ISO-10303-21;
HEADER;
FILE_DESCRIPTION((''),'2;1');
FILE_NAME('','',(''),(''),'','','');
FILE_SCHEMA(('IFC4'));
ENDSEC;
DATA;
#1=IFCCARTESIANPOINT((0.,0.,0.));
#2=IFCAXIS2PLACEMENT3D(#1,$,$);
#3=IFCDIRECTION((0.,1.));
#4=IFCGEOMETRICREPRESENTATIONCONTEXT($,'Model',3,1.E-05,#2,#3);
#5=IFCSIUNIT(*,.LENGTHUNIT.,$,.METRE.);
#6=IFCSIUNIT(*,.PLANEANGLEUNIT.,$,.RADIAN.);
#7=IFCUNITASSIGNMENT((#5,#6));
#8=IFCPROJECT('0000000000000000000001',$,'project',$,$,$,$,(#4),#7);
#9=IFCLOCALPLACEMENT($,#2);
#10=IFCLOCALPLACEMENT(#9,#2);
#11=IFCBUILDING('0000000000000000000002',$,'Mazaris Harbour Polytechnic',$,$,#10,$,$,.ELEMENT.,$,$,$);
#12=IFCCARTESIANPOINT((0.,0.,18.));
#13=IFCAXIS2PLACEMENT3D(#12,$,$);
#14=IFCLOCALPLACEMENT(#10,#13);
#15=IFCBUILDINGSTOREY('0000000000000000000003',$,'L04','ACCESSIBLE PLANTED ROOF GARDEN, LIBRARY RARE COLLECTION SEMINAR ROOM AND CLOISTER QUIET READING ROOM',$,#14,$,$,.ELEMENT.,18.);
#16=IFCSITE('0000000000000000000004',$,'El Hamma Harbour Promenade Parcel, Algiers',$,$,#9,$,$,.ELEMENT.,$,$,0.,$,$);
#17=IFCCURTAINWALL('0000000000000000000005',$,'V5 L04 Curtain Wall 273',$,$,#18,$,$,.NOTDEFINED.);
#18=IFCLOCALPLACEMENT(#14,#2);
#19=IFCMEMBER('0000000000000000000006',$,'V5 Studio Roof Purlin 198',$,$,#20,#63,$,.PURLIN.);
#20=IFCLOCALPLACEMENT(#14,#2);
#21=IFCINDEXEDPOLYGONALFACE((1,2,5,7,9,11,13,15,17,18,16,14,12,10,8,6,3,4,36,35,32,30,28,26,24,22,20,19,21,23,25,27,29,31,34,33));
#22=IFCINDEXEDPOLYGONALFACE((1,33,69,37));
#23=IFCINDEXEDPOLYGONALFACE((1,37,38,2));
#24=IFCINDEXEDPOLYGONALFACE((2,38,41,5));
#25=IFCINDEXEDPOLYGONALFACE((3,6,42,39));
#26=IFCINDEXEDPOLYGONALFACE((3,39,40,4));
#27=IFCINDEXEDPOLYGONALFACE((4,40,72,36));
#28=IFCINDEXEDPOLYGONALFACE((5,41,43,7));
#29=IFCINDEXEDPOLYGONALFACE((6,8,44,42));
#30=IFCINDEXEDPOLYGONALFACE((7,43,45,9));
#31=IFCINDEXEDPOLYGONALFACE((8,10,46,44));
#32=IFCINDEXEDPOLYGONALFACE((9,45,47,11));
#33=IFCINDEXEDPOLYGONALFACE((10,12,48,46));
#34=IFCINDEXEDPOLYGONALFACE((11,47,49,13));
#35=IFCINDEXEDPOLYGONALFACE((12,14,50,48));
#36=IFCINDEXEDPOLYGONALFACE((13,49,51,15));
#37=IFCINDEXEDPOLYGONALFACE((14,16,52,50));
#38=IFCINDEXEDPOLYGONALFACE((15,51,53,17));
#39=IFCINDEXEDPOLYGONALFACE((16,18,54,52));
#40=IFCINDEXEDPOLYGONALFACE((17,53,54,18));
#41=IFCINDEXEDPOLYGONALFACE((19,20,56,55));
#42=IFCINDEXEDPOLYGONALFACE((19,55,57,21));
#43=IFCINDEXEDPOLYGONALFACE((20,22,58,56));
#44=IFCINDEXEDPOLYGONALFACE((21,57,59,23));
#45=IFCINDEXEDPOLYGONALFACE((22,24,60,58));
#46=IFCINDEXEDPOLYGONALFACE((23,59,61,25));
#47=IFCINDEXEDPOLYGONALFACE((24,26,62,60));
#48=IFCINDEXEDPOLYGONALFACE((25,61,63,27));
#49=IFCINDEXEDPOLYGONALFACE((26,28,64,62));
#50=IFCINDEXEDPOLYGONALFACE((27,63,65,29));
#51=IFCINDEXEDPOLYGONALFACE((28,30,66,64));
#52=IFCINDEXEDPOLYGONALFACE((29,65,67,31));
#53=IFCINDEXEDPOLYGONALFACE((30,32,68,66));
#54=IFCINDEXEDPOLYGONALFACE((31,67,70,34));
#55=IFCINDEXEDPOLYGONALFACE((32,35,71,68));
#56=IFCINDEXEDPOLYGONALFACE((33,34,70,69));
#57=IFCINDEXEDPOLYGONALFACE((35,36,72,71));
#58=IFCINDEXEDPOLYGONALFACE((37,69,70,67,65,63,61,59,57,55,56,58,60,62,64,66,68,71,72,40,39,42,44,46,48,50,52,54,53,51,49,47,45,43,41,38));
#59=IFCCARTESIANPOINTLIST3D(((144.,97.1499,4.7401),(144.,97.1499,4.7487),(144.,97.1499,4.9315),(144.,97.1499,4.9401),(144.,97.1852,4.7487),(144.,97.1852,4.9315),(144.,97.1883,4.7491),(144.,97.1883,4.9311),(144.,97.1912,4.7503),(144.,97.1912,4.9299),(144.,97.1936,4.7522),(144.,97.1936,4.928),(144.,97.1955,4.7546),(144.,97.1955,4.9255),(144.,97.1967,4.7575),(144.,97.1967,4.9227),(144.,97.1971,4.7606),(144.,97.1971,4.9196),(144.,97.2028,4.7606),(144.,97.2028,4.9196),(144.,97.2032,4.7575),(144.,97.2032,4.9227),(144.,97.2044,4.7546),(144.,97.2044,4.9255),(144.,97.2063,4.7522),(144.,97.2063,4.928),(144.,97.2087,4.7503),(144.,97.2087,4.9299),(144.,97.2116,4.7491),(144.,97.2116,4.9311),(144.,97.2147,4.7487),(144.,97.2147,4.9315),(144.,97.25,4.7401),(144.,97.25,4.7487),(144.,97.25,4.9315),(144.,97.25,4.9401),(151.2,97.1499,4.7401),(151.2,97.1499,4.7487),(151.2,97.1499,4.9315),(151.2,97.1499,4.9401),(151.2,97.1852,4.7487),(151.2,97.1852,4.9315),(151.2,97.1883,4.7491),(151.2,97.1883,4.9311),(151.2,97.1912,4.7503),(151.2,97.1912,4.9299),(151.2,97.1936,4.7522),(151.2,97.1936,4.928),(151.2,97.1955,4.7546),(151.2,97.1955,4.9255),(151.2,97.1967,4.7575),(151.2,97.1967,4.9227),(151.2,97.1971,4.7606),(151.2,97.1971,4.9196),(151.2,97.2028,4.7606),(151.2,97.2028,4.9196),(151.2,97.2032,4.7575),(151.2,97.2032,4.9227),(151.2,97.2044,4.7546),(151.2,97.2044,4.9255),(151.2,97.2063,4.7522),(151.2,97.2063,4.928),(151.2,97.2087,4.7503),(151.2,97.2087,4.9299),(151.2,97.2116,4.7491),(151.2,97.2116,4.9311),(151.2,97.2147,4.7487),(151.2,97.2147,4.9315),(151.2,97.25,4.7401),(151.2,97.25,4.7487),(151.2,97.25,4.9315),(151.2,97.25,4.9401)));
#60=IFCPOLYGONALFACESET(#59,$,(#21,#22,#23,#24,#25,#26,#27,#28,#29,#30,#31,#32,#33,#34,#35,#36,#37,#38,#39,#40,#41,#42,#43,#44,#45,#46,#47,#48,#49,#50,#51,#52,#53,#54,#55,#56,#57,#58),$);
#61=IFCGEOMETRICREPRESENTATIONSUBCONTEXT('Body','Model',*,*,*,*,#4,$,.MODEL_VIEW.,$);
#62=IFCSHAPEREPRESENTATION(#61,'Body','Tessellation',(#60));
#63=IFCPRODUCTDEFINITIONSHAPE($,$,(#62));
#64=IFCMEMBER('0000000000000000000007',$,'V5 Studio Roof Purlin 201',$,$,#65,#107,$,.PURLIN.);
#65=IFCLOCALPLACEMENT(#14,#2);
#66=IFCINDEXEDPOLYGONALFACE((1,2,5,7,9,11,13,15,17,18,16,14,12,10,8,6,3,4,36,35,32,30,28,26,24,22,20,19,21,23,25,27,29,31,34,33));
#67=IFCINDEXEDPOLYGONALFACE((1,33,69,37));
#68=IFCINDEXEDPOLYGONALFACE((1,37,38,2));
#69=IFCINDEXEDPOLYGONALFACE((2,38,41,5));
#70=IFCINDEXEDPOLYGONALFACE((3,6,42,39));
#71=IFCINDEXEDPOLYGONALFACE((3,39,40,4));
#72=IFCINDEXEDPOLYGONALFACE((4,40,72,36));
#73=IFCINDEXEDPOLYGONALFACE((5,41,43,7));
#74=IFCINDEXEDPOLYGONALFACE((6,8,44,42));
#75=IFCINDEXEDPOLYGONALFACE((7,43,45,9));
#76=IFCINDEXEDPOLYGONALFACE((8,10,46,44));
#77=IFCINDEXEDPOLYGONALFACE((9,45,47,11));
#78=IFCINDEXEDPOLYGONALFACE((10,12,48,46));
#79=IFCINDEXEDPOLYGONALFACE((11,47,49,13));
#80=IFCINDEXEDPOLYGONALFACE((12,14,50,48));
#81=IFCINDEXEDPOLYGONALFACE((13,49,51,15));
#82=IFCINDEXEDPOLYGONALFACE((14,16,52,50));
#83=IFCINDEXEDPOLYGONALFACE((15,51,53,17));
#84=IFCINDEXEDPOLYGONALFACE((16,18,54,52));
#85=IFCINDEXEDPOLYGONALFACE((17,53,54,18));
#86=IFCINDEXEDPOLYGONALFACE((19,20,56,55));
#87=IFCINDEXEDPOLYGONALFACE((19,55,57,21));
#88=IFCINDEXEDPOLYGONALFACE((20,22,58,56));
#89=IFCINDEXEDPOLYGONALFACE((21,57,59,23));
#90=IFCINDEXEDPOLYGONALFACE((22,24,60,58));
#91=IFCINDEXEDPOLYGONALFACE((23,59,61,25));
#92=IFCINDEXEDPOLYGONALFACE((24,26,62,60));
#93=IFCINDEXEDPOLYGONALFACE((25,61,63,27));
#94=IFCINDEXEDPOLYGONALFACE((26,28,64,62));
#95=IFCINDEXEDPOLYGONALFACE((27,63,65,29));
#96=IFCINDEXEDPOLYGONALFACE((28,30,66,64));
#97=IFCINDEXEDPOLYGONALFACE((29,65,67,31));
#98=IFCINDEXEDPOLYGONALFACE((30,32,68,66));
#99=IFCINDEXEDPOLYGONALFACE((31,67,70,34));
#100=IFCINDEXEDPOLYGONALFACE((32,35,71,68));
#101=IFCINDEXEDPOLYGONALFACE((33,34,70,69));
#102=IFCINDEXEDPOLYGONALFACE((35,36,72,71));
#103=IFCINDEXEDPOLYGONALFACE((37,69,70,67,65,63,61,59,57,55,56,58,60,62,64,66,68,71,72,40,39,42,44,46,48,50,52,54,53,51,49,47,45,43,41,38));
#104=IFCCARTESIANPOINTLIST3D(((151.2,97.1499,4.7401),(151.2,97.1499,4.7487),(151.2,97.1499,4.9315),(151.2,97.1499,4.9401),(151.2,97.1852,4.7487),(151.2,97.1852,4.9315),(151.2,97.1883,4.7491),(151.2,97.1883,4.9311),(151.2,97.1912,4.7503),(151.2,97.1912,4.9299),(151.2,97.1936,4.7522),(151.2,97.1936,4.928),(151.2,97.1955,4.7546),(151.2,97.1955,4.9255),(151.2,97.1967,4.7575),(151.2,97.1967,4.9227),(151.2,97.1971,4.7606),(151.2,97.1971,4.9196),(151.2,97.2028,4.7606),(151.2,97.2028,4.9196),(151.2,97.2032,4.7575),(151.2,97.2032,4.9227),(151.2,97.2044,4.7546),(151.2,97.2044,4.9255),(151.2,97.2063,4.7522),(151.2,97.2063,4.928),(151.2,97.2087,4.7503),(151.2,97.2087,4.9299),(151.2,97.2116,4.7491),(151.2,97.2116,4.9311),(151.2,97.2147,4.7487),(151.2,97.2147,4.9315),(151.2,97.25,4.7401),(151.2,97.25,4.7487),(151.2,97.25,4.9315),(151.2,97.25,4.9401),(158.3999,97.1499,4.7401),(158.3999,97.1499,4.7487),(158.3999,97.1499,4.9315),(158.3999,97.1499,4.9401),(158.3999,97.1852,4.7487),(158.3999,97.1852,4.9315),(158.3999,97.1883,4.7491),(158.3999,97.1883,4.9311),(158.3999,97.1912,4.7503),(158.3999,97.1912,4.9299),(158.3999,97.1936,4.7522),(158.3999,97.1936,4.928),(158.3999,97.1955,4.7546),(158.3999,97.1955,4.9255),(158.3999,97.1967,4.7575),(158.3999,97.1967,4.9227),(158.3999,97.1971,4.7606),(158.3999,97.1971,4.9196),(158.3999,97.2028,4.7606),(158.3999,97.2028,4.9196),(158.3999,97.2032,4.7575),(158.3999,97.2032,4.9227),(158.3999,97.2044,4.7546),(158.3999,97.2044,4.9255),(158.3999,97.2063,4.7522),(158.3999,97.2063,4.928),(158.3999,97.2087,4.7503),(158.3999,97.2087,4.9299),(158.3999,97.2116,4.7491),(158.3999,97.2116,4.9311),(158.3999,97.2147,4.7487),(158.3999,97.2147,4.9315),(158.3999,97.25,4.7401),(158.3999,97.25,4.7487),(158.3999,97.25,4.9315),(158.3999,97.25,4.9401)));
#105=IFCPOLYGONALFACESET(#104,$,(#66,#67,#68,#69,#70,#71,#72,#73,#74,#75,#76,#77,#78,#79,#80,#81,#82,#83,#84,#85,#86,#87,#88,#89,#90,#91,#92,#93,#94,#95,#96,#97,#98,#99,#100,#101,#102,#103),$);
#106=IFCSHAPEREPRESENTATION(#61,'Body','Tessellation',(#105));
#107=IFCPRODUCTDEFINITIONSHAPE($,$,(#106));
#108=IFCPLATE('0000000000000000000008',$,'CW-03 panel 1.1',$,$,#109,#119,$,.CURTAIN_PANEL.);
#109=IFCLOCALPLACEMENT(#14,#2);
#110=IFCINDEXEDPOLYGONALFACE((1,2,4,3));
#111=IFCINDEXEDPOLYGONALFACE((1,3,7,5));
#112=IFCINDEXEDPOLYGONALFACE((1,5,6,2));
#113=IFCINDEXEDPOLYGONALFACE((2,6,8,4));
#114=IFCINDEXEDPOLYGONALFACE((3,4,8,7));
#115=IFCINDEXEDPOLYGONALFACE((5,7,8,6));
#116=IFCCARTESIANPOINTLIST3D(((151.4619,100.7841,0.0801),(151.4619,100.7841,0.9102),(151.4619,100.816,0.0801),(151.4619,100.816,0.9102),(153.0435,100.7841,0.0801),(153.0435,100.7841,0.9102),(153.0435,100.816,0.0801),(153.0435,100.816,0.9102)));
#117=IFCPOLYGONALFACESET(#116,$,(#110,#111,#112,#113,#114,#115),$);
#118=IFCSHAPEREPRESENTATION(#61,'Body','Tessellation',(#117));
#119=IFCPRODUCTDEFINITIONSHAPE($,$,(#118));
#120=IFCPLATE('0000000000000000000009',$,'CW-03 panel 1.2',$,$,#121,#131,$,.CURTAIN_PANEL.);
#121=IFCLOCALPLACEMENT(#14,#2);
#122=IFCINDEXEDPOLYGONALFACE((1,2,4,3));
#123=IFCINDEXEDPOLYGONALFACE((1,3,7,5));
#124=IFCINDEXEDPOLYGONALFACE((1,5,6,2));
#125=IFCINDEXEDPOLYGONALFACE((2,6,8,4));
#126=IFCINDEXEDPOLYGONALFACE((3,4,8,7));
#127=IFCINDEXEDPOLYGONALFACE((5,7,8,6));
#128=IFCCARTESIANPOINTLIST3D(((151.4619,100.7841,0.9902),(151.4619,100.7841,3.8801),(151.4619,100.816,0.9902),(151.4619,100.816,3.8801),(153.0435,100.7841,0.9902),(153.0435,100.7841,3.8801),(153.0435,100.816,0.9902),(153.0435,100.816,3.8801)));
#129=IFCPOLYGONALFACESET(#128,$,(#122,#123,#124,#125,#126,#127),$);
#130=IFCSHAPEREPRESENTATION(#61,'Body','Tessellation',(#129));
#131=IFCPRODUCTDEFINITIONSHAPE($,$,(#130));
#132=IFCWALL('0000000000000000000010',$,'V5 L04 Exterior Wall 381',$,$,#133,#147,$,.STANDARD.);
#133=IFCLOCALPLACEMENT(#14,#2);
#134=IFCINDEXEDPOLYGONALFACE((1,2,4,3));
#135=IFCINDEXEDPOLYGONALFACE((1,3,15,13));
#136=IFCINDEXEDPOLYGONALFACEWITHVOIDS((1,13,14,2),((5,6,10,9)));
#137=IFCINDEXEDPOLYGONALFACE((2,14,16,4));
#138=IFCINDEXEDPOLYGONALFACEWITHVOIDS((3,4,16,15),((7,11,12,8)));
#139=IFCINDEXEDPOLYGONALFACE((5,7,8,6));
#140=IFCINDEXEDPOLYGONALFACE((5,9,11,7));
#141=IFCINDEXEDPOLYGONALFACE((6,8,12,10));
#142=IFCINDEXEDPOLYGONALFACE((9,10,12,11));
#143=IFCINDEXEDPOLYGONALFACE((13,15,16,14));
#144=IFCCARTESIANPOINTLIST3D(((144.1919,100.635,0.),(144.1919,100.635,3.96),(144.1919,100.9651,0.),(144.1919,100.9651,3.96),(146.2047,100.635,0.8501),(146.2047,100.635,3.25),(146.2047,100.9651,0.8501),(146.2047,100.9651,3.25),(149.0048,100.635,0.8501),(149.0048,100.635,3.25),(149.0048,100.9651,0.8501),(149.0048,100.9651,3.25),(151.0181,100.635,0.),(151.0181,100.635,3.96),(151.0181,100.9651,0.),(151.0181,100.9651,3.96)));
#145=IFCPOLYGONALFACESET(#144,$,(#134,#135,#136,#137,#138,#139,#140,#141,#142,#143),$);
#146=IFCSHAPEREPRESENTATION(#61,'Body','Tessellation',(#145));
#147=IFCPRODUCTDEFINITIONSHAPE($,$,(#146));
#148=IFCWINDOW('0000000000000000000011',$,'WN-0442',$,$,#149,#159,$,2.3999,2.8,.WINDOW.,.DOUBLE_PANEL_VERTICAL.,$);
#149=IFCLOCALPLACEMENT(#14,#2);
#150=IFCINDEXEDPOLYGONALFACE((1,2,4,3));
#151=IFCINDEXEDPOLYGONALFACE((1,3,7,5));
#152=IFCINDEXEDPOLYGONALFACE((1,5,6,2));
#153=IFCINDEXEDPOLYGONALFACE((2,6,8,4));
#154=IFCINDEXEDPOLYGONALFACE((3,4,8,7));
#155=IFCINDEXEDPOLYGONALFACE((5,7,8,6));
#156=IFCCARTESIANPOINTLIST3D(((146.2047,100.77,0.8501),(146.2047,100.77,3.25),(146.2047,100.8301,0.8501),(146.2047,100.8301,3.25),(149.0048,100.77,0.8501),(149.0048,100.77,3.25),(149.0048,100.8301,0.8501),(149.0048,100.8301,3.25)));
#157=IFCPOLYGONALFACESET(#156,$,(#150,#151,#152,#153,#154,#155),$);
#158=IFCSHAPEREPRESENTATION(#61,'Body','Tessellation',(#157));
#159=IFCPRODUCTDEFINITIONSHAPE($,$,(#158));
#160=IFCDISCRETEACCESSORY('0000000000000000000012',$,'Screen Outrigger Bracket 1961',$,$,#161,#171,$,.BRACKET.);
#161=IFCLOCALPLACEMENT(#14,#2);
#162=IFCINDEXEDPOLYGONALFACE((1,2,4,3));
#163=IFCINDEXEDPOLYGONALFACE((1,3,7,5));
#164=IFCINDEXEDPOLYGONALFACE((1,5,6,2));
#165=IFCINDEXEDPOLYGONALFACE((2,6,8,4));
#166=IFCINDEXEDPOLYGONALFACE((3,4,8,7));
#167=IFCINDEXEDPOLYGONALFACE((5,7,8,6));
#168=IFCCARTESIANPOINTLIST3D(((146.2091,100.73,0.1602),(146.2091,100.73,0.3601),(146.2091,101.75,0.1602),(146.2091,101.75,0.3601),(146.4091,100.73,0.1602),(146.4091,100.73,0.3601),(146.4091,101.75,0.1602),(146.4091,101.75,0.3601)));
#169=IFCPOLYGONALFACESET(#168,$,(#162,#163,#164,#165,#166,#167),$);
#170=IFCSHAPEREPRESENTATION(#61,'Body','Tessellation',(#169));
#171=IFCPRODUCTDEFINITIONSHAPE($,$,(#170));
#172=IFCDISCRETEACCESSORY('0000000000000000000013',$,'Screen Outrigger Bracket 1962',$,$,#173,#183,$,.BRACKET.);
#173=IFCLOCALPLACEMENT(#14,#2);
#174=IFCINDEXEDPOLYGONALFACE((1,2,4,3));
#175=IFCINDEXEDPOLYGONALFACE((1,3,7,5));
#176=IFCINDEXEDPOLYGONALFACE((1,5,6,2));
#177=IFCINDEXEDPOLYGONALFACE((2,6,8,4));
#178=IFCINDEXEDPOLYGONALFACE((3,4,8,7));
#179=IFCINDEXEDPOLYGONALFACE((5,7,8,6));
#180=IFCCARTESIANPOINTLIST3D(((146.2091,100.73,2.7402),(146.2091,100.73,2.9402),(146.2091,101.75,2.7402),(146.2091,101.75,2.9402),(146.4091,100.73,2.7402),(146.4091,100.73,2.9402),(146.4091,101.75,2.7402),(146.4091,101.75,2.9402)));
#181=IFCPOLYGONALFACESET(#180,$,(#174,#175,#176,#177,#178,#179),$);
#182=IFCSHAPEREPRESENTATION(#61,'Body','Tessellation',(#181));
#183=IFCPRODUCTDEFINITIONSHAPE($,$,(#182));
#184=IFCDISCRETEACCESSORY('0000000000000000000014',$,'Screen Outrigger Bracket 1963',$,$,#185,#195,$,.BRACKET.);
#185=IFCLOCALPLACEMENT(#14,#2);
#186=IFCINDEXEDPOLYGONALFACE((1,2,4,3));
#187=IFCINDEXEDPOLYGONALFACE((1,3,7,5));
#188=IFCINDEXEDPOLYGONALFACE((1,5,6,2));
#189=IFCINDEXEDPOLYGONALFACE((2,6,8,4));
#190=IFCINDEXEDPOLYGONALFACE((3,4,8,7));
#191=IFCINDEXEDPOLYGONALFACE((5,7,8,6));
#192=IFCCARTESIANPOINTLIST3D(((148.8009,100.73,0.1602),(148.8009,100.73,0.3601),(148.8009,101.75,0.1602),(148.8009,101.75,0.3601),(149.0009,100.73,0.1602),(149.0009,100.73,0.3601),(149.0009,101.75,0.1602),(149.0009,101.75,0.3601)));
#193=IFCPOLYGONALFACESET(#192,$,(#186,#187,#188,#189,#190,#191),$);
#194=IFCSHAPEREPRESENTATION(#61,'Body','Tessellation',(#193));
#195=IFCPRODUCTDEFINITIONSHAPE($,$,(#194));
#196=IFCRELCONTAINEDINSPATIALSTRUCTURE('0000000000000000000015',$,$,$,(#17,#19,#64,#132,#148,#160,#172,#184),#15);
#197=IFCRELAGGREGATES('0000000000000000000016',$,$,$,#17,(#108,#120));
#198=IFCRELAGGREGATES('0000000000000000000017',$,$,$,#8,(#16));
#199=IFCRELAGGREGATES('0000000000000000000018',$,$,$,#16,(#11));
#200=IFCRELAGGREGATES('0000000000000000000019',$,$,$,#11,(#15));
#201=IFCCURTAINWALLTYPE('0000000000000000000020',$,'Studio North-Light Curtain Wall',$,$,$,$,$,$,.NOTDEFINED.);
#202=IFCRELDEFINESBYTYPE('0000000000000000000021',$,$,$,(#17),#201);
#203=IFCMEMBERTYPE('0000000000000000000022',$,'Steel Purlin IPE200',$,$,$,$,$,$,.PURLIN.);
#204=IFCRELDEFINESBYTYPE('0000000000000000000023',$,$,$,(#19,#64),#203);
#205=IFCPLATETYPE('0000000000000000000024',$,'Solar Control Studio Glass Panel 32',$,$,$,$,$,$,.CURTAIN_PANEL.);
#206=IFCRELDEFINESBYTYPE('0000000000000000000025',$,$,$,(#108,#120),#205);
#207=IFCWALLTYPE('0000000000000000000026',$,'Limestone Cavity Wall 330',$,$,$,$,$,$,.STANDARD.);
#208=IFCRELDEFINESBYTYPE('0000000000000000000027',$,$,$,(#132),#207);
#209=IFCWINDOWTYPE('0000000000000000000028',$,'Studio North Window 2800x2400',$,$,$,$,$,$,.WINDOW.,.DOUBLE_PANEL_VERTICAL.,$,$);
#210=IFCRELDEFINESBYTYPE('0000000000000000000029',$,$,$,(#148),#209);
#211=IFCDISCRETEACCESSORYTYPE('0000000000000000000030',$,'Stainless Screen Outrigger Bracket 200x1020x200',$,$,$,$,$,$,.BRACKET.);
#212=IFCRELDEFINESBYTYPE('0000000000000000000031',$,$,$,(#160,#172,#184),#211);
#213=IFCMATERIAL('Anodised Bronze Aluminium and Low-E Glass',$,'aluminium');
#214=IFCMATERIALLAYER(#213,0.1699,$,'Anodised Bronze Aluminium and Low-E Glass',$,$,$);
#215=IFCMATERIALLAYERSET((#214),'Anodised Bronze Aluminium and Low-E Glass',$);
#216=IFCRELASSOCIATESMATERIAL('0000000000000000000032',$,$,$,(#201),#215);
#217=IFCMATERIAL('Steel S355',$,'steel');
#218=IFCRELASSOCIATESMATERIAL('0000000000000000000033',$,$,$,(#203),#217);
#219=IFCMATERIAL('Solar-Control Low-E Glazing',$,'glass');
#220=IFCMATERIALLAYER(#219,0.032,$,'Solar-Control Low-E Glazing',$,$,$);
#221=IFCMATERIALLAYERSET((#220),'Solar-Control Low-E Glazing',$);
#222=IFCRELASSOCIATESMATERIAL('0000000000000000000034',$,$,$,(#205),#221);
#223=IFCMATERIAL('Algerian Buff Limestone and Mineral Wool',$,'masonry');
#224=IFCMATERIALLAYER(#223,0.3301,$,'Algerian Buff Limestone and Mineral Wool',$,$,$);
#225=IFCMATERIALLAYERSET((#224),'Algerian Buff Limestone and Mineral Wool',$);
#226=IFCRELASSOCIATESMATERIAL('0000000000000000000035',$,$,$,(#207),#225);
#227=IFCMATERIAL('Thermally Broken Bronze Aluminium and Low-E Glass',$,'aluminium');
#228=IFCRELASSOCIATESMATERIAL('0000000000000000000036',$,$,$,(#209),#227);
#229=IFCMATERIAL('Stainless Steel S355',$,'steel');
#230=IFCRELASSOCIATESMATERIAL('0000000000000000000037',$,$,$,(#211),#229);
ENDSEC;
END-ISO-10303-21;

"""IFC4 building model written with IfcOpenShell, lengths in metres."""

from ifc_helpers import new_model, si_unit, direction, frame, frame_2d, origin, origin_2d, place, context, subcontext, project, spatial, rectangle, i_section, extrude, material, layer, layer_set, material_profile, profile_set, type_object, element, fill, aggregate, save


model = new_model("IFC4")

# Units and contexts
model_context = context("Model", 3, precision=1e-05, world=origin(), true_north=direction((0.0, 1.0)))
body_context = subcontext(model_context, "Body", "Model", "MODEL_VIEW")
ifc_project = project(units=[si_unit("LENGTHUNIT", "METRE"), si_unit("PLANEANGLEUNIT", "RADIAN")], contexts=[model_context])

# Site, building, storey
site_placement = place(None, origin())
site = spatial("IfcSite", under=ifc_project, at=site_placement, Name="El Hamma Harbour Promenade Parcel, Algiers", CompositionType="ELEMENT", RefElevation=0.0)
building_placement = place(site_placement, origin())
building = spatial("IfcBuilding", under=site, at=building_placement, Name="Mazaris Harbour Polytechnic", CompositionType="ELEMENT")
storey_placement = place(building_placement, frame((0.0, 0.0, 18.0)))
storey = spatial("IfcBuildingStorey", under=building, at=storey_placement, Name="L04", Description="ACCESSIBLE PLANTED ROOF GARDEN, LIBRARY RARE COLLECTION SEMINAR ROOM AND CLOISTER QUIET READING ROOM", CompositionType="ELEMENT", Elevation=18.0)

# Shared definitions
ifc_material_1 = material(Name="Anodised Bronze Aluminium and Low-E Glass", Category="aluminium")
ifc_layer_1 = layer(ifc_material_1, 0.1699, Name="Anodised Bronze Aluminium and Low-E Glass")
ifc_layer_set_1 = layer_set([ifc_layer_1], Name="Anodised Bronze Aluminium and Low-E Glass")
curtain_wall_type = type_object("IfcCurtainWallType", Name="Studio North-Light Curtain Wall", PredefinedType="NOTDEFINED", material=ifc_layer_set_1)

# Curtain wall
curtain_wall_1_placement = place(storey_placement, origin())
curtain_wall_1 = element("IfcCurtainWall", 1, at=curtain_wall_1_placement, inside=storey, type_object=curtain_wall_type, Name="V5 L04 Curtain Wall 273", PredefinedType="NOTDEFINED")

# Members
ifc_material_2 = material(Name="Steel S355", Category="steel")
ifc_material_profile_1 = material_profile(ifc_material_2, i_section(OverallWidth=0.1001, OverallDepth=0.2, WebThickness=0.0056, FlangeThickness=0.0085, FilletRadius=0.012, at=origin_2d()), Name="IPE 200")
ifc_profile_set_1 = profile_set([ifc_material_profile_1], Name="Steel S355")
member_type_1 = type_object("IfcMemberType", Name="Steel Purlin IPE200", PredefinedType="PURLIN", material=ifc_profile_set_1)
for number, where, z_axis, x_axis, name in (
    (2, (144.0, 97.2, 4.8401), (1.0, 0.0, 0.0), (0.0, 1.0, 0.0), "V5 Studio Roof Purlin 198"),
    (3, (151.2, 97.2, 4.8401), (1.0, 0.0, 0.0), (0.0, 1.0, 0.0), "V5 Studio Roof Purlin 201"),
):
    element("IfcMember", number, at=place(storey_placement, frame(where, z_axis=z_axis, x_axis=x_axis)), inside=storey, type_object=member_type_1, Name=name, PredefinedType="PURLIN", context=body_context, shape_type="SweptSolid", body=[
        extrude(i_section(OverallWidth=0.1001, OverallDepth=0.2, WebThickness=0.0056, FlangeThickness=0.0085, FilletRadius=0.012, at=origin_2d()), origin(), (0.0, 0.0, 1.0), 7.2),
    ])

# Plates
ifc_material_3 = material(Name="Solar-Control Low-E Glazing", Category="glass")
ifc_layer_2 = layer(ifc_material_3, 0.032, Name="Solar-Control Low-E Glazing")
ifc_layer_set_2 = layer_set([ifc_layer_2], Name="Solar-Control Low-E Glazing")
plate_type = type_object("IfcPlateType", Name="Solar Control Studio Glass Panel 32", PredefinedType="CURTAIN_PANEL", material=ifc_layer_set_2)
plate_1_placement = place(storey_placement, frame((152.2527, 100.8, 0.0801), z_axis=(0.0, 0.0, 1.0), x_axis=(1.0, 0.0, 0.0)))
plate_1 = element("IfcPlate", 4, at=plate_1_placement, type_object=plate_type, Name="CW-03 panel 1.1", PredefinedType="CURTAIN_PANEL", context=body_context, shape_type="SweptSolid", body=[
    extrude(rectangle(XDim=1.5815, YDim=0.032, at=origin_2d()), origin(), (0.0, 0.0, 1.0), 0.8301),
])
plate_2_placement = place(storey_placement, frame((152.2527, 100.8, 0.9902), z_axis=(0.0, 0.0, 1.0), x_axis=(1.0, 0.0, 0.0)))
plate_2 = element("IfcPlate", 5, at=plate_2_placement, type_object=plate_type, Name="CW-03 panel 1.2", PredefinedType="CURTAIN_PANEL", context=body_context, shape_type="SweptSolid", body=[
    extrude(rectangle(XDim=1.5815, YDim=0.032, at=origin_2d()), origin(), (0.0, 0.0, 1.0), 2.8899),
])
aggregate(curtain_wall_1, [plate_1, plate_2])

# Wall, opening, window
ifc_material_4 = material(Name="Algerian Buff Limestone and Mineral Wool", Category="masonry")
ifc_layer_3 = layer(ifc_material_4, 0.3301, Name="Algerian Buff Limestone and Mineral Wool")
ifc_layer_set_3 = layer_set([ifc_layer_3], Name="Algerian Buff Limestone and Mineral Wool")
wall_type = type_object("IfcWallType", Name="Limestone Cavity Wall 330", PredefinedType="STANDARD", material=ifc_layer_set_3)
wall_placement = place(storey_placement, frame((144.1919, 100.8, 0.0), z_axis=(0.0, 0.0, 1.0), x_axis=(1.0, 0.0, 0.0)))
wall = element("IfcWall", 6, at=wall_placement, inside=storey, type_object=wall_type, Name="V5 L04 Exterior Wall 381", PredefinedType="STANDARD", context=body_context, shape_type="SweptSolid", body=[
    extrude(rectangle(XDim=6.8262, YDim=0.3301, at=frame_2d((3.4131, 0.0))), origin(), (0.0, 0.0, 1.0), 3.96),
])
opening_placement = place(wall_placement, frame((2.0129, 0.0, 0.8501)))
opening = element("IfcOpeningElement", 7, at=opening_placement, cuts=wall, PredefinedType="OPENING", context=body_context, shape_type="SweptSolid", body=[
    extrude(rectangle(XDim=2.8, YDim=2.3999, at=frame_2d((1.3999, 1.2))), frame((0.0, 0.175, 0.0), z_axis=(0.0, -1.0, 0.0), x_axis=(1.0, 0.0, 0.0)), (0.0, 0.0, 1.0), 0.3501),
])
ifc_material_5 = material(Name="Thermally Broken Bronze Aluminium and Low-E Glass", Category="aluminium")
window_type = type_object("IfcWindowType", Name="Studio North Window 2800x2400", PartitioningType="DOUBLE_PANEL_VERTICAL", PredefinedType="WINDOW", material=ifc_material_5)
window_placement = place(opening_placement, origin())
window = element("IfcWindow", 8, at=window_placement, inside=storey, type_object=window_type, Name="WN-0442", OverallHeight=2.3999, OverallWidth=2.8, PartitioningType="DOUBLE_PANEL_VERTICAL", PredefinedType="WINDOW", context=body_context, shape_type="SweptSolid", body=[
    extrude(rectangle(XDim=2.8, YDim=2.3999, at=frame_2d((1.3999, 1.2))), frame((0.0, 0.03, 0.0), z_axis=(0.0, -1.0, 0.0), x_axis=(1.0, 0.0, 0.0)), (0.0, 0.0, 1.0), 0.0601),
])
fill(opening, window)

# Discrete accessories
ifc_material_6 = material(Name="Stainless Steel S355", Category="steel")
discrete_accessory_type = type_object("IfcDiscreteAccessoryType", Name="Stainless Screen Outrigger Bracket 200x1020x200", PredefinedType="BRACKET", material=ifc_material_6)
for number, where, z_axis, x_axis, name in (
    (9, (146.3091, 101.24, 0.1602), (0.0, 0.0, 1.0), (1.0, 0.0, 0.0), "Screen Outrigger Bracket 1961"),
    (10, (146.3091, 101.24, 2.7402), (0.0, 0.0, 1.0), (1.0, 0.0, 0.0), "Screen Outrigger Bracket 1962"),
    (11, (148.9009, 101.24, 0.1602), (0.0, 0.0, 1.0), (1.0, 0.0, 0.0), "Screen Outrigger Bracket 1963"),
):
    element("IfcDiscreteAccessory", number, at=place(storey_placement, frame(where, z_axis=z_axis, x_axis=x_axis)), inside=storey, type_object=discrete_accessory_type, Name=name, PredefinedType="BRACKET", context=body_context, shape_type="SweptSolid", body=[
        extrude(rectangle(XDim=0.2, YDim=1.02, at=origin_2d()), origin(), (0.0, 0.0, 1.0), 0.2),
    ])

save(model, "model.ifc")
